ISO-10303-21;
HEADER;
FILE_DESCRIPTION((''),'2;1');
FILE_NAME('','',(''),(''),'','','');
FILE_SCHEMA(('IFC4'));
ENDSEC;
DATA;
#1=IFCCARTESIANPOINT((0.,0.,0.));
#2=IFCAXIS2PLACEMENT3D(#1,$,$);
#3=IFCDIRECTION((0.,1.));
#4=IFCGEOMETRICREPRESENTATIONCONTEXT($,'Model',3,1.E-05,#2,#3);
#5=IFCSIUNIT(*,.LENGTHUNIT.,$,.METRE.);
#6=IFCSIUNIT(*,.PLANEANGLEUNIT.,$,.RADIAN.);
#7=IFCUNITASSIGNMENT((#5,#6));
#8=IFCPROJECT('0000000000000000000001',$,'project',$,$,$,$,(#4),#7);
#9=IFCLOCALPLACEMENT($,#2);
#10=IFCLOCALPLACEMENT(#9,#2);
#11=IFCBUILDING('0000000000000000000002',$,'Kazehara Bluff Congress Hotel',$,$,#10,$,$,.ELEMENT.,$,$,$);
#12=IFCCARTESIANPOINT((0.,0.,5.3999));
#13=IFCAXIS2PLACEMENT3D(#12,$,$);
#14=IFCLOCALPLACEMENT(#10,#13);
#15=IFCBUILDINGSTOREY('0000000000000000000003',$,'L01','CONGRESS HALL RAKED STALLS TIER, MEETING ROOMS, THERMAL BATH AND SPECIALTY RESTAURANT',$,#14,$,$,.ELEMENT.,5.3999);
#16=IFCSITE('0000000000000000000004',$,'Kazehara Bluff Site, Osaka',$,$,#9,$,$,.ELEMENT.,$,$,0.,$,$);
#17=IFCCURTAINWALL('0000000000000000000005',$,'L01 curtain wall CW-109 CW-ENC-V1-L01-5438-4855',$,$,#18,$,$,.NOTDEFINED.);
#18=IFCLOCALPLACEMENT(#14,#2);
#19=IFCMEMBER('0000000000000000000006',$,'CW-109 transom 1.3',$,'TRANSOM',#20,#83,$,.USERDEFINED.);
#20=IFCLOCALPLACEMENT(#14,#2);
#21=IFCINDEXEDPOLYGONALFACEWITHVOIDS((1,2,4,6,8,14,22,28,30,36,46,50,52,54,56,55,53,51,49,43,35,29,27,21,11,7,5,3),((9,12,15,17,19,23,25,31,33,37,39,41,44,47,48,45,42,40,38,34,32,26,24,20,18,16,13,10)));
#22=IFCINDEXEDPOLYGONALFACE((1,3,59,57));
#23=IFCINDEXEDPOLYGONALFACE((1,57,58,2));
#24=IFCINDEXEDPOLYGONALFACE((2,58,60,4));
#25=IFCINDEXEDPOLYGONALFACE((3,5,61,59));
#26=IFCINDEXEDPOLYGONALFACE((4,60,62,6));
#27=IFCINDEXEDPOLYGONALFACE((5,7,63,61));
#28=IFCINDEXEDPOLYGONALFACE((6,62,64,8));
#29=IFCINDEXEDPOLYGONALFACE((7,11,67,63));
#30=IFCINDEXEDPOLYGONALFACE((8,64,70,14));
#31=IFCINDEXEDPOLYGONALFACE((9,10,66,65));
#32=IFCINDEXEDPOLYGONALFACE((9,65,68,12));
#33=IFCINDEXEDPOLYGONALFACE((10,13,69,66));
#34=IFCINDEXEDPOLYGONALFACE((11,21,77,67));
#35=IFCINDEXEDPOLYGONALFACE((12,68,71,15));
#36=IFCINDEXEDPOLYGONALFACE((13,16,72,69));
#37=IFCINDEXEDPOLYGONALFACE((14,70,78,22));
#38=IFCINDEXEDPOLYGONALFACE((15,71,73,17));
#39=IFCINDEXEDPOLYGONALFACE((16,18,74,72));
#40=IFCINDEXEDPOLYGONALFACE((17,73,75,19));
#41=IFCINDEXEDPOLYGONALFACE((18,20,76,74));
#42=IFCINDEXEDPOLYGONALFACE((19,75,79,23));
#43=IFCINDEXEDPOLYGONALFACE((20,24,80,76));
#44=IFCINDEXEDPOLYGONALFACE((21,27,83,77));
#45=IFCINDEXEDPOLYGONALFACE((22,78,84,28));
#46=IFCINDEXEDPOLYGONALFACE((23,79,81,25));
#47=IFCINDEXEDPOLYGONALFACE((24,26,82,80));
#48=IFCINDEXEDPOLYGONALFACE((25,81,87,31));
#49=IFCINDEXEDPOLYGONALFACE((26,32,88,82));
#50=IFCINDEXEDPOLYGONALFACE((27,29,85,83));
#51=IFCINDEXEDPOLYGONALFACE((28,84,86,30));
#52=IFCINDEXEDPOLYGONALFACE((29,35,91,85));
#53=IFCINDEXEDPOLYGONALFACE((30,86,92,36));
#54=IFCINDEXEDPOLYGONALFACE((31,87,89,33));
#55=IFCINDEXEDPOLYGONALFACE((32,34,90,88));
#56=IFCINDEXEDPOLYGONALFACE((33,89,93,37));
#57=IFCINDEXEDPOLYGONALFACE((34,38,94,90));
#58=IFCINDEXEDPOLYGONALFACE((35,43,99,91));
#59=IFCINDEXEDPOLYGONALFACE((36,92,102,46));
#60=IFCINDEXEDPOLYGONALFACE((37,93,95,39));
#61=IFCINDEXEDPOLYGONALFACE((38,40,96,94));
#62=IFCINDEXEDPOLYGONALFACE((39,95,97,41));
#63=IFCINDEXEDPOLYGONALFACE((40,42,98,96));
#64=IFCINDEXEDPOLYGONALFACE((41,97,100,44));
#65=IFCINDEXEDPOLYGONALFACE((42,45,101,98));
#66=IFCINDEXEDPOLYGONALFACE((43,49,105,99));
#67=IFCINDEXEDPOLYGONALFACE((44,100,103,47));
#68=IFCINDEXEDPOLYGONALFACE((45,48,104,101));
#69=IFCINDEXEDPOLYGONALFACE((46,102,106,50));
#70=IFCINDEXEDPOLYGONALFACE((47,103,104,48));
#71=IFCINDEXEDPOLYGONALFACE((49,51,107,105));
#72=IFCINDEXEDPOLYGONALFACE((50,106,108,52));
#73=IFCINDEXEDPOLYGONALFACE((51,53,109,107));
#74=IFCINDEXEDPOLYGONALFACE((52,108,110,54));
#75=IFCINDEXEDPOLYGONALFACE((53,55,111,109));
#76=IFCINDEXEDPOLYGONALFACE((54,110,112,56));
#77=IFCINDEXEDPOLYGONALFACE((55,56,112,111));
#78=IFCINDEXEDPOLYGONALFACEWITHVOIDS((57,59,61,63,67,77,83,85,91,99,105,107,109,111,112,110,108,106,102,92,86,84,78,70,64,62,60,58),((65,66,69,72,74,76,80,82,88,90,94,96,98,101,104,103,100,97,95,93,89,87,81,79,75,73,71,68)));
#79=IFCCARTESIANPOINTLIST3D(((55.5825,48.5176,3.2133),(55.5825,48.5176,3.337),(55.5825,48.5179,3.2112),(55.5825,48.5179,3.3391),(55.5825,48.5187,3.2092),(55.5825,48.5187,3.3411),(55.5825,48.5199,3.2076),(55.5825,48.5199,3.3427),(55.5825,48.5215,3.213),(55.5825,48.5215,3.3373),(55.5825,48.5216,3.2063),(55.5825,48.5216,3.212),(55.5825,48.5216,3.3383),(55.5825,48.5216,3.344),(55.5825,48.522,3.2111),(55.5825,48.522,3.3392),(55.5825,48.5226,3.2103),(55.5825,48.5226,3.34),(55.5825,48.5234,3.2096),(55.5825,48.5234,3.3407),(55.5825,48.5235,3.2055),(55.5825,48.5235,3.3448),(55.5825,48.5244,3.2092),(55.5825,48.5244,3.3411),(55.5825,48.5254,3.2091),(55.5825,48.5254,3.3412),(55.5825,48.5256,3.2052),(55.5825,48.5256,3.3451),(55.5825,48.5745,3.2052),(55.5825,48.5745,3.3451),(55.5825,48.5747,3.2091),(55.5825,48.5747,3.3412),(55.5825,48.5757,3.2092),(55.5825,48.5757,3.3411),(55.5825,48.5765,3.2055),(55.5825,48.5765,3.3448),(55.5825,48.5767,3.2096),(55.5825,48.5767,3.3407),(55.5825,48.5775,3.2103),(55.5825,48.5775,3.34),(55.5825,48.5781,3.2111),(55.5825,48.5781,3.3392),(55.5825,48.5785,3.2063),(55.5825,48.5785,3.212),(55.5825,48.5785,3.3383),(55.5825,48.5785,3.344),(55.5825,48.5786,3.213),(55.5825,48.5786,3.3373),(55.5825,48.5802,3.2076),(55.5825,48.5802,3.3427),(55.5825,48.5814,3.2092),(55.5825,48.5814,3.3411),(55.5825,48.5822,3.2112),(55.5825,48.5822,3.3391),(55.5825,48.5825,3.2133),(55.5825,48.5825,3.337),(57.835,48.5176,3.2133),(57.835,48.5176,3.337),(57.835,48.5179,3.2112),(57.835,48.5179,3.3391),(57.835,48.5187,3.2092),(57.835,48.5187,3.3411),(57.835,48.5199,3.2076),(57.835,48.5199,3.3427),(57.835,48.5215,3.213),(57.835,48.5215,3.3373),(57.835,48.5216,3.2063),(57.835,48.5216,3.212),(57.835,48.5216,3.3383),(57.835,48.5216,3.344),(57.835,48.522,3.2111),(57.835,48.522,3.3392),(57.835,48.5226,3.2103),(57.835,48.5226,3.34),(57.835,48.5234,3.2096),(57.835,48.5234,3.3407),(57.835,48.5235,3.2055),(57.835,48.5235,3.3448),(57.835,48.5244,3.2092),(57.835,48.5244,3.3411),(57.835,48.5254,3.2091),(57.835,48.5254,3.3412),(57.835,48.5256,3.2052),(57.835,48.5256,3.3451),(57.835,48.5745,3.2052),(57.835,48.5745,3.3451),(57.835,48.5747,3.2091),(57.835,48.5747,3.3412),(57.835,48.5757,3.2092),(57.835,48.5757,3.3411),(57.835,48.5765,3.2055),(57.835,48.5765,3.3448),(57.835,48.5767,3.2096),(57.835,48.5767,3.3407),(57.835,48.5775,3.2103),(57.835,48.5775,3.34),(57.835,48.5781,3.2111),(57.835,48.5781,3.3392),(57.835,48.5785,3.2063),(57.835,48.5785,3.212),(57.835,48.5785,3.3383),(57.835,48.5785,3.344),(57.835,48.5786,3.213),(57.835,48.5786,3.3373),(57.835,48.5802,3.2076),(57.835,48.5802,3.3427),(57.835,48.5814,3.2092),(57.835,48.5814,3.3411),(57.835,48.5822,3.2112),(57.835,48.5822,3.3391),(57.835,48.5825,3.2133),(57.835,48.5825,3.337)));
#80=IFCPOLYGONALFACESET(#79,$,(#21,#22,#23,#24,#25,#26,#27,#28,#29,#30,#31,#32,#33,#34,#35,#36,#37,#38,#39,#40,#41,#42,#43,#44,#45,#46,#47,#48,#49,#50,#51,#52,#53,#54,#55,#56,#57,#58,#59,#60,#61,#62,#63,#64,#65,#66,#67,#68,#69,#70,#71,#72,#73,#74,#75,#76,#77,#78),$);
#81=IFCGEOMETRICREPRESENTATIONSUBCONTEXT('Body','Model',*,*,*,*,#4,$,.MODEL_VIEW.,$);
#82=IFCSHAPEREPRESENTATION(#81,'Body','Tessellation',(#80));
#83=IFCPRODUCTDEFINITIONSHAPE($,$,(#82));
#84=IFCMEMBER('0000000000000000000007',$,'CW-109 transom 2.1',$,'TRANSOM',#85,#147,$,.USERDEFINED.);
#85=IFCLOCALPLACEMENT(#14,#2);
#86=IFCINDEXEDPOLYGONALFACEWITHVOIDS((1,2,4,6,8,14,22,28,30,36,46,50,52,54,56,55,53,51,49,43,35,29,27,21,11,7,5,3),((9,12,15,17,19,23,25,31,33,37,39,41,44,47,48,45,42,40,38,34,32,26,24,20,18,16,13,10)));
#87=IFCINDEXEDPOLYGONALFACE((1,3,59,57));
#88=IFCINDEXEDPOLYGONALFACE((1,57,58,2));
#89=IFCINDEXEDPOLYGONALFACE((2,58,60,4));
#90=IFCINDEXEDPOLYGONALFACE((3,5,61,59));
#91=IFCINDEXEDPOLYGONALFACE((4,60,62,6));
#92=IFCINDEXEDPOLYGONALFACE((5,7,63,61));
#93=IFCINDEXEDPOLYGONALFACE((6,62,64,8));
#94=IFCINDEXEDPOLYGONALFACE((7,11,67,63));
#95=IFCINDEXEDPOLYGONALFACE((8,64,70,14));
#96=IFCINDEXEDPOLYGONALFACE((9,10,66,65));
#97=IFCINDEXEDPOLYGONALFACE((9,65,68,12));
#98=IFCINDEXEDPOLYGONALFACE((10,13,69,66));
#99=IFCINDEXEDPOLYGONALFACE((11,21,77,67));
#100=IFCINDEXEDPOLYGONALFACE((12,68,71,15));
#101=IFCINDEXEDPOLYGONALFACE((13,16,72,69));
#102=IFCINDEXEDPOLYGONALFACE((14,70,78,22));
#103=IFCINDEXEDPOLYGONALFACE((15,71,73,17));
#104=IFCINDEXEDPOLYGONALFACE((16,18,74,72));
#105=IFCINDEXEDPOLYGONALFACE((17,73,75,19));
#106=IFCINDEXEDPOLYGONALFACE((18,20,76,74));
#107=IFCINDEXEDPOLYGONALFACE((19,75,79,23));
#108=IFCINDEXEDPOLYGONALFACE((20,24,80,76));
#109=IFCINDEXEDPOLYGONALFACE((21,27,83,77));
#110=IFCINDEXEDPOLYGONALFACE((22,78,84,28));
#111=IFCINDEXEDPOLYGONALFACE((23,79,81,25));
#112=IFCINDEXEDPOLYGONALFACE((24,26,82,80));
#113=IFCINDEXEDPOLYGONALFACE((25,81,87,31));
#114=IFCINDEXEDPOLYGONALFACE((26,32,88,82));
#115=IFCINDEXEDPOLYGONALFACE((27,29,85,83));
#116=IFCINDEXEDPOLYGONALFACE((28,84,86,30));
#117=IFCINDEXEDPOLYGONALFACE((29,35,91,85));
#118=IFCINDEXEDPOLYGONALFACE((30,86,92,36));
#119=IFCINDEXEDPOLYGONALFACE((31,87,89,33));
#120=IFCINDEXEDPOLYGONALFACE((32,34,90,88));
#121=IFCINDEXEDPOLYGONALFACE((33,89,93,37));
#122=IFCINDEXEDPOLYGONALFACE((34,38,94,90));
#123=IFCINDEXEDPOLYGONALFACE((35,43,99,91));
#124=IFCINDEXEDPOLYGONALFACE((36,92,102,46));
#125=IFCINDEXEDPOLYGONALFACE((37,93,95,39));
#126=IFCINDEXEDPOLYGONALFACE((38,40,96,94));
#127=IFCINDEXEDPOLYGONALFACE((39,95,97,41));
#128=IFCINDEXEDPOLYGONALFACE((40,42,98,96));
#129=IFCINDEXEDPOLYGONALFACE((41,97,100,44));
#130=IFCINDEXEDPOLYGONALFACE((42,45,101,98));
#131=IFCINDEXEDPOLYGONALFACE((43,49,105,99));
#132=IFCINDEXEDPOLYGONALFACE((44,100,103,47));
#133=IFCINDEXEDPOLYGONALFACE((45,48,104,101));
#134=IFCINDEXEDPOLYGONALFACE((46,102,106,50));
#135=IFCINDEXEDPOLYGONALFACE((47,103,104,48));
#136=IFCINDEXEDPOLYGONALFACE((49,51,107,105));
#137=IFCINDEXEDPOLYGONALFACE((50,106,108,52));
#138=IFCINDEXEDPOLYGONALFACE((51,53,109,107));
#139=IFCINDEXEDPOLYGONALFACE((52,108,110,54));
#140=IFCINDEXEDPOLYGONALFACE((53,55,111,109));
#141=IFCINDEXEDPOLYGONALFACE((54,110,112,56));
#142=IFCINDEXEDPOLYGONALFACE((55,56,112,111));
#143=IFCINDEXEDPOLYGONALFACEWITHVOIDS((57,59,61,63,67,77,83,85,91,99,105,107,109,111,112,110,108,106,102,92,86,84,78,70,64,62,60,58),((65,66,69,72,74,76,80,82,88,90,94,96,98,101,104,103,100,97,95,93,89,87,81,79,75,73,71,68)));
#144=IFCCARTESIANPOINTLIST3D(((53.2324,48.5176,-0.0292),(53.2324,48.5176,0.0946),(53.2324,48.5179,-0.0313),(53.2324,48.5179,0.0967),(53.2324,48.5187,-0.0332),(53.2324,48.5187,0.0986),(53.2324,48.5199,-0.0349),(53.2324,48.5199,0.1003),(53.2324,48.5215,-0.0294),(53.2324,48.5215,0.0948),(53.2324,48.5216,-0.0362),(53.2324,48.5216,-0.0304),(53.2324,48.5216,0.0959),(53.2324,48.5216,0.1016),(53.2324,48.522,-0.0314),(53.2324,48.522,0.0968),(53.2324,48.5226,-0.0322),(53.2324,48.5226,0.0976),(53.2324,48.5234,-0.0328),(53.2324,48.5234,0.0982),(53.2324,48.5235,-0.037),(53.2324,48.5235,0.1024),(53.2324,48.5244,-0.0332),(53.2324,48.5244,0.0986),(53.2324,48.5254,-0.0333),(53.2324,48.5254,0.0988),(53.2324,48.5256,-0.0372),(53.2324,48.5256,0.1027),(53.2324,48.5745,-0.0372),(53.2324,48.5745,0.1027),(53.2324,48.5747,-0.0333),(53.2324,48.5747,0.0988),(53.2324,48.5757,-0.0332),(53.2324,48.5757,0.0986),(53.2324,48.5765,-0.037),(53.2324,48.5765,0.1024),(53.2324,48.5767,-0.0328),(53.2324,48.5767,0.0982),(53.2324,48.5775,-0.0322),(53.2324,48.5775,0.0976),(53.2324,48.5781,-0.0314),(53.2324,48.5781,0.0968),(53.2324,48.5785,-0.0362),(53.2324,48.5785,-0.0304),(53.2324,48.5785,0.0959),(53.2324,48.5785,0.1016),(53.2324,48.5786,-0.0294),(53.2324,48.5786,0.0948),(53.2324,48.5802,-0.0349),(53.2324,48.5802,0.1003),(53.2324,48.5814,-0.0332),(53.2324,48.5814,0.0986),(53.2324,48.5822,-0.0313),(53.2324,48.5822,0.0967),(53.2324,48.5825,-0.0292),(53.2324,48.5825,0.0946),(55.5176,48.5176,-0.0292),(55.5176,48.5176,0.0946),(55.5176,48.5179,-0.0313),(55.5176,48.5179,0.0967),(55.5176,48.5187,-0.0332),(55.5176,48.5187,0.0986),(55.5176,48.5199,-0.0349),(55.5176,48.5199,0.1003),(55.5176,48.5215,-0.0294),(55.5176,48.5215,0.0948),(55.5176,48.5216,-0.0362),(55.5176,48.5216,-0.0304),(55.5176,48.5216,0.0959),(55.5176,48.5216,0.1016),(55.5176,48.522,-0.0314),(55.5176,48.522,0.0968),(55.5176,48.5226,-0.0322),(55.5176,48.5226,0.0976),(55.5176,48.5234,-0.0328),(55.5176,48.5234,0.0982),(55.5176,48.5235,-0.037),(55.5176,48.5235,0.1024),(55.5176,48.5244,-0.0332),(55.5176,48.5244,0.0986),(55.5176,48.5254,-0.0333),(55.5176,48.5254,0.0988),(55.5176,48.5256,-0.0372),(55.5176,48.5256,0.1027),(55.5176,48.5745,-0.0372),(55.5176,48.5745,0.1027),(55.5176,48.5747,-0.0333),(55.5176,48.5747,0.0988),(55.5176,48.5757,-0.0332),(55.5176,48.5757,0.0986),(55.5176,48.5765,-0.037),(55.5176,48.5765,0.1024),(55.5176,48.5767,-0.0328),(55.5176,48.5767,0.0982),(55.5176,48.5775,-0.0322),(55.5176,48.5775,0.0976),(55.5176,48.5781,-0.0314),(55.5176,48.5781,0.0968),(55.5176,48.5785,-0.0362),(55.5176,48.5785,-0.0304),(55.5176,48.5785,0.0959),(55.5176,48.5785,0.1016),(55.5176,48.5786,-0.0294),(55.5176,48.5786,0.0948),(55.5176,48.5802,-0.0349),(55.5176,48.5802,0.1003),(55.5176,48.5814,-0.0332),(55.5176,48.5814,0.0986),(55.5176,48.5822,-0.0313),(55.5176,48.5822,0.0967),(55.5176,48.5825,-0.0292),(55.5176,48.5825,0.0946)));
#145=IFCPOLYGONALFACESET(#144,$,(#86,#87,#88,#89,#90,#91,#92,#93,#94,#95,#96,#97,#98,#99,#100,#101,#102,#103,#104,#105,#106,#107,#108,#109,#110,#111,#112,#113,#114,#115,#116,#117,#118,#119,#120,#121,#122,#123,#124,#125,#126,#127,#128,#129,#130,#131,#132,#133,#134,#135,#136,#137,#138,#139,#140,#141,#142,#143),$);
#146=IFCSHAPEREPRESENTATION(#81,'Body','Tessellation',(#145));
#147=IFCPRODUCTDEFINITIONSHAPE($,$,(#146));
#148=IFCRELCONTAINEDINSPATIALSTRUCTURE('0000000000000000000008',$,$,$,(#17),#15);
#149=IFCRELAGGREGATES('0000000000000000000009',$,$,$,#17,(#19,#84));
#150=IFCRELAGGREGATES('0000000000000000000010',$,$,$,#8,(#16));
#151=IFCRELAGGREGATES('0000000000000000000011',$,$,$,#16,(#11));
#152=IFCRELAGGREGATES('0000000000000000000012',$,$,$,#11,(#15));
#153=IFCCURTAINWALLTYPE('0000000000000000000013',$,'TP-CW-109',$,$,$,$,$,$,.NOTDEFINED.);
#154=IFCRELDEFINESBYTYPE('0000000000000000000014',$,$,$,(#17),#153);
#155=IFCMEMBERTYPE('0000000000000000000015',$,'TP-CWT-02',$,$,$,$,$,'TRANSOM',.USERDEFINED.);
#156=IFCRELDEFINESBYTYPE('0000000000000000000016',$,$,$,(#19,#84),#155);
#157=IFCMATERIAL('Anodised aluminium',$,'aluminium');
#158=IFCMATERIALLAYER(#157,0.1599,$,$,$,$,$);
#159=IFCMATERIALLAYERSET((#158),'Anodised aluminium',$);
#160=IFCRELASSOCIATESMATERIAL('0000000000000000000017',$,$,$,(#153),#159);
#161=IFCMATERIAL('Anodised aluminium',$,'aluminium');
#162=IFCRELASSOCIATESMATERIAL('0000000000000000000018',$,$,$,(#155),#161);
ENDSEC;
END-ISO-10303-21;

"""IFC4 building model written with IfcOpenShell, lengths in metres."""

from ifc_helpers import new_model, si_unit, direction, frame, origin, origin_2d, place, context, subcontext, project, spatial, hollow_rectangle, extrude, material, layer, layer_set, material_profile, profile_set, type_object, element, aggregate, save


model = new_model("IFC4")

# Units and contexts
model_context = context("Model", 3, precision=1e-05, world=origin(), true_north=direction((0.0, 1.0)))
body_context = subcontext(model_context, "Body", "Model", "MODEL_VIEW")
ifc_project = project(units=[si_unit("LENGTHUNIT", "METRE"), si_unit("PLANEANGLEUNIT", "RADIAN")], contexts=[model_context])

# Site, building, storey
site_placement = place(None, origin())
site = spatial("IfcSite", under=ifc_project, at=site_placement, Name="Kazehara Bluff Site, Osaka", CompositionType="ELEMENT", RefElevation=0.0)
building_placement = place(site_placement, origin())
building = spatial("IfcBuilding", under=site, at=building_placement, Name="Kazehara Bluff Congress Hotel", CompositionType="ELEMENT")
storey_placement = place(building_placement, frame((0.0, 0.0, 5.3999)))
storey = spatial("IfcBuildingStorey", under=building, at=storey_placement, Name="L01", Description="CONGRESS HALL RAKED STALLS TIER, MEETING ROOMS, THERMAL BATH AND SPECIALTY RESTAURANT", CompositionType="ELEMENT", Elevation=5.3999)

# Curtain wall, members
ifc_material_1 = material(Name="Anodised aluminium", Category="aluminium")
ifc_layer_1 = layer(ifc_material_1, 0.1599)
ifc_layer_set_1 = layer_set([ifc_layer_1], Name="Anodised aluminium")
curtain_wall_type_1 = type_object("IfcCurtainWallType", Name="TP-CW-109", PredefinedType="NOTDEFINED", material=ifc_layer_set_1)
curtain_wall_1_placement = place(storey_placement, origin())
curtain_wall_1 = element("IfcCurtainWall", 1, at=curtain_wall_1_placement, inside=storey, type_object=curtain_wall_type_1, Name="L01 curtain wall CW-109 CW-ENC-V1-L01-5438-4855", PredefinedType="NOTDEFINED")
ifc_material_2 = material(Name="Anodised aluminium", Category="aluminium")
ifc_material_profile_1 = material_profile(ifc_material_2, hollow_rectangle(XDim=0.0649, YDim=0.1399, WallThickness=0.0039, InnerFilletRadius=0.0039, OuterFilletRadius=0.0081, at=origin_2d()))
ifc_profile_set_1 = profile_set([ifc_material_profile_1], Name="Anodised aluminium")
member_type_1 = type_object("IfcMemberType", Name="TP-CWT-02", ElementType="TRANSOM", PredefinedType="USERDEFINED", material=ifc_profile_set_1)
member_1_placement = place(storey_placement, frame((57.835, 48.55, 3.2751), z_axis=(-1.0, 0.0, 0.0), x_axis=(0.0, -1.0, 0.0)))
member_1 = element("IfcMember", 2, at=member_1_placement, type_object=member_type_1, Name="CW-109 transom 1.3", ObjectType="TRANSOM", PredefinedType="USERDEFINED", context=body_context, shape_type="SweptSolid", body=[
    extrude(hollow_rectangle(XDim=0.0649, YDim=0.1399, WallThickness=0.0039, InnerFilletRadius=0.0039, OuterFilletRadius=0.0081, at=origin_2d()), origin(), (0.0, 0.0, 1.0), 2.2524),
])
member_2_placement = place(storey_placement, frame((55.5176, 48.55, 0.0327), z_axis=(-1.0, 0.0, 0.0), x_axis=(0.0, -1.0, 0.0)))
member_2 = element("IfcMember", 3, at=member_2_placement, type_object=member_type_1, Name="CW-109 transom 2.1", ObjectType="TRANSOM", PredefinedType="USERDEFINED", context=body_context, shape_type="SweptSolid", body=[
    extrude(hollow_rectangle(XDim=0.0649, YDim=0.1399, WallThickness=0.0039, InnerFilletRadius=0.0039, OuterFilletRadius=0.0081, at=origin_2d()), origin(), (0.0, 0.0, 1.0), 2.2852),
])

aggregate(curtain_wall_1, [member_1, member_2])

save(model, "model.ifc")
